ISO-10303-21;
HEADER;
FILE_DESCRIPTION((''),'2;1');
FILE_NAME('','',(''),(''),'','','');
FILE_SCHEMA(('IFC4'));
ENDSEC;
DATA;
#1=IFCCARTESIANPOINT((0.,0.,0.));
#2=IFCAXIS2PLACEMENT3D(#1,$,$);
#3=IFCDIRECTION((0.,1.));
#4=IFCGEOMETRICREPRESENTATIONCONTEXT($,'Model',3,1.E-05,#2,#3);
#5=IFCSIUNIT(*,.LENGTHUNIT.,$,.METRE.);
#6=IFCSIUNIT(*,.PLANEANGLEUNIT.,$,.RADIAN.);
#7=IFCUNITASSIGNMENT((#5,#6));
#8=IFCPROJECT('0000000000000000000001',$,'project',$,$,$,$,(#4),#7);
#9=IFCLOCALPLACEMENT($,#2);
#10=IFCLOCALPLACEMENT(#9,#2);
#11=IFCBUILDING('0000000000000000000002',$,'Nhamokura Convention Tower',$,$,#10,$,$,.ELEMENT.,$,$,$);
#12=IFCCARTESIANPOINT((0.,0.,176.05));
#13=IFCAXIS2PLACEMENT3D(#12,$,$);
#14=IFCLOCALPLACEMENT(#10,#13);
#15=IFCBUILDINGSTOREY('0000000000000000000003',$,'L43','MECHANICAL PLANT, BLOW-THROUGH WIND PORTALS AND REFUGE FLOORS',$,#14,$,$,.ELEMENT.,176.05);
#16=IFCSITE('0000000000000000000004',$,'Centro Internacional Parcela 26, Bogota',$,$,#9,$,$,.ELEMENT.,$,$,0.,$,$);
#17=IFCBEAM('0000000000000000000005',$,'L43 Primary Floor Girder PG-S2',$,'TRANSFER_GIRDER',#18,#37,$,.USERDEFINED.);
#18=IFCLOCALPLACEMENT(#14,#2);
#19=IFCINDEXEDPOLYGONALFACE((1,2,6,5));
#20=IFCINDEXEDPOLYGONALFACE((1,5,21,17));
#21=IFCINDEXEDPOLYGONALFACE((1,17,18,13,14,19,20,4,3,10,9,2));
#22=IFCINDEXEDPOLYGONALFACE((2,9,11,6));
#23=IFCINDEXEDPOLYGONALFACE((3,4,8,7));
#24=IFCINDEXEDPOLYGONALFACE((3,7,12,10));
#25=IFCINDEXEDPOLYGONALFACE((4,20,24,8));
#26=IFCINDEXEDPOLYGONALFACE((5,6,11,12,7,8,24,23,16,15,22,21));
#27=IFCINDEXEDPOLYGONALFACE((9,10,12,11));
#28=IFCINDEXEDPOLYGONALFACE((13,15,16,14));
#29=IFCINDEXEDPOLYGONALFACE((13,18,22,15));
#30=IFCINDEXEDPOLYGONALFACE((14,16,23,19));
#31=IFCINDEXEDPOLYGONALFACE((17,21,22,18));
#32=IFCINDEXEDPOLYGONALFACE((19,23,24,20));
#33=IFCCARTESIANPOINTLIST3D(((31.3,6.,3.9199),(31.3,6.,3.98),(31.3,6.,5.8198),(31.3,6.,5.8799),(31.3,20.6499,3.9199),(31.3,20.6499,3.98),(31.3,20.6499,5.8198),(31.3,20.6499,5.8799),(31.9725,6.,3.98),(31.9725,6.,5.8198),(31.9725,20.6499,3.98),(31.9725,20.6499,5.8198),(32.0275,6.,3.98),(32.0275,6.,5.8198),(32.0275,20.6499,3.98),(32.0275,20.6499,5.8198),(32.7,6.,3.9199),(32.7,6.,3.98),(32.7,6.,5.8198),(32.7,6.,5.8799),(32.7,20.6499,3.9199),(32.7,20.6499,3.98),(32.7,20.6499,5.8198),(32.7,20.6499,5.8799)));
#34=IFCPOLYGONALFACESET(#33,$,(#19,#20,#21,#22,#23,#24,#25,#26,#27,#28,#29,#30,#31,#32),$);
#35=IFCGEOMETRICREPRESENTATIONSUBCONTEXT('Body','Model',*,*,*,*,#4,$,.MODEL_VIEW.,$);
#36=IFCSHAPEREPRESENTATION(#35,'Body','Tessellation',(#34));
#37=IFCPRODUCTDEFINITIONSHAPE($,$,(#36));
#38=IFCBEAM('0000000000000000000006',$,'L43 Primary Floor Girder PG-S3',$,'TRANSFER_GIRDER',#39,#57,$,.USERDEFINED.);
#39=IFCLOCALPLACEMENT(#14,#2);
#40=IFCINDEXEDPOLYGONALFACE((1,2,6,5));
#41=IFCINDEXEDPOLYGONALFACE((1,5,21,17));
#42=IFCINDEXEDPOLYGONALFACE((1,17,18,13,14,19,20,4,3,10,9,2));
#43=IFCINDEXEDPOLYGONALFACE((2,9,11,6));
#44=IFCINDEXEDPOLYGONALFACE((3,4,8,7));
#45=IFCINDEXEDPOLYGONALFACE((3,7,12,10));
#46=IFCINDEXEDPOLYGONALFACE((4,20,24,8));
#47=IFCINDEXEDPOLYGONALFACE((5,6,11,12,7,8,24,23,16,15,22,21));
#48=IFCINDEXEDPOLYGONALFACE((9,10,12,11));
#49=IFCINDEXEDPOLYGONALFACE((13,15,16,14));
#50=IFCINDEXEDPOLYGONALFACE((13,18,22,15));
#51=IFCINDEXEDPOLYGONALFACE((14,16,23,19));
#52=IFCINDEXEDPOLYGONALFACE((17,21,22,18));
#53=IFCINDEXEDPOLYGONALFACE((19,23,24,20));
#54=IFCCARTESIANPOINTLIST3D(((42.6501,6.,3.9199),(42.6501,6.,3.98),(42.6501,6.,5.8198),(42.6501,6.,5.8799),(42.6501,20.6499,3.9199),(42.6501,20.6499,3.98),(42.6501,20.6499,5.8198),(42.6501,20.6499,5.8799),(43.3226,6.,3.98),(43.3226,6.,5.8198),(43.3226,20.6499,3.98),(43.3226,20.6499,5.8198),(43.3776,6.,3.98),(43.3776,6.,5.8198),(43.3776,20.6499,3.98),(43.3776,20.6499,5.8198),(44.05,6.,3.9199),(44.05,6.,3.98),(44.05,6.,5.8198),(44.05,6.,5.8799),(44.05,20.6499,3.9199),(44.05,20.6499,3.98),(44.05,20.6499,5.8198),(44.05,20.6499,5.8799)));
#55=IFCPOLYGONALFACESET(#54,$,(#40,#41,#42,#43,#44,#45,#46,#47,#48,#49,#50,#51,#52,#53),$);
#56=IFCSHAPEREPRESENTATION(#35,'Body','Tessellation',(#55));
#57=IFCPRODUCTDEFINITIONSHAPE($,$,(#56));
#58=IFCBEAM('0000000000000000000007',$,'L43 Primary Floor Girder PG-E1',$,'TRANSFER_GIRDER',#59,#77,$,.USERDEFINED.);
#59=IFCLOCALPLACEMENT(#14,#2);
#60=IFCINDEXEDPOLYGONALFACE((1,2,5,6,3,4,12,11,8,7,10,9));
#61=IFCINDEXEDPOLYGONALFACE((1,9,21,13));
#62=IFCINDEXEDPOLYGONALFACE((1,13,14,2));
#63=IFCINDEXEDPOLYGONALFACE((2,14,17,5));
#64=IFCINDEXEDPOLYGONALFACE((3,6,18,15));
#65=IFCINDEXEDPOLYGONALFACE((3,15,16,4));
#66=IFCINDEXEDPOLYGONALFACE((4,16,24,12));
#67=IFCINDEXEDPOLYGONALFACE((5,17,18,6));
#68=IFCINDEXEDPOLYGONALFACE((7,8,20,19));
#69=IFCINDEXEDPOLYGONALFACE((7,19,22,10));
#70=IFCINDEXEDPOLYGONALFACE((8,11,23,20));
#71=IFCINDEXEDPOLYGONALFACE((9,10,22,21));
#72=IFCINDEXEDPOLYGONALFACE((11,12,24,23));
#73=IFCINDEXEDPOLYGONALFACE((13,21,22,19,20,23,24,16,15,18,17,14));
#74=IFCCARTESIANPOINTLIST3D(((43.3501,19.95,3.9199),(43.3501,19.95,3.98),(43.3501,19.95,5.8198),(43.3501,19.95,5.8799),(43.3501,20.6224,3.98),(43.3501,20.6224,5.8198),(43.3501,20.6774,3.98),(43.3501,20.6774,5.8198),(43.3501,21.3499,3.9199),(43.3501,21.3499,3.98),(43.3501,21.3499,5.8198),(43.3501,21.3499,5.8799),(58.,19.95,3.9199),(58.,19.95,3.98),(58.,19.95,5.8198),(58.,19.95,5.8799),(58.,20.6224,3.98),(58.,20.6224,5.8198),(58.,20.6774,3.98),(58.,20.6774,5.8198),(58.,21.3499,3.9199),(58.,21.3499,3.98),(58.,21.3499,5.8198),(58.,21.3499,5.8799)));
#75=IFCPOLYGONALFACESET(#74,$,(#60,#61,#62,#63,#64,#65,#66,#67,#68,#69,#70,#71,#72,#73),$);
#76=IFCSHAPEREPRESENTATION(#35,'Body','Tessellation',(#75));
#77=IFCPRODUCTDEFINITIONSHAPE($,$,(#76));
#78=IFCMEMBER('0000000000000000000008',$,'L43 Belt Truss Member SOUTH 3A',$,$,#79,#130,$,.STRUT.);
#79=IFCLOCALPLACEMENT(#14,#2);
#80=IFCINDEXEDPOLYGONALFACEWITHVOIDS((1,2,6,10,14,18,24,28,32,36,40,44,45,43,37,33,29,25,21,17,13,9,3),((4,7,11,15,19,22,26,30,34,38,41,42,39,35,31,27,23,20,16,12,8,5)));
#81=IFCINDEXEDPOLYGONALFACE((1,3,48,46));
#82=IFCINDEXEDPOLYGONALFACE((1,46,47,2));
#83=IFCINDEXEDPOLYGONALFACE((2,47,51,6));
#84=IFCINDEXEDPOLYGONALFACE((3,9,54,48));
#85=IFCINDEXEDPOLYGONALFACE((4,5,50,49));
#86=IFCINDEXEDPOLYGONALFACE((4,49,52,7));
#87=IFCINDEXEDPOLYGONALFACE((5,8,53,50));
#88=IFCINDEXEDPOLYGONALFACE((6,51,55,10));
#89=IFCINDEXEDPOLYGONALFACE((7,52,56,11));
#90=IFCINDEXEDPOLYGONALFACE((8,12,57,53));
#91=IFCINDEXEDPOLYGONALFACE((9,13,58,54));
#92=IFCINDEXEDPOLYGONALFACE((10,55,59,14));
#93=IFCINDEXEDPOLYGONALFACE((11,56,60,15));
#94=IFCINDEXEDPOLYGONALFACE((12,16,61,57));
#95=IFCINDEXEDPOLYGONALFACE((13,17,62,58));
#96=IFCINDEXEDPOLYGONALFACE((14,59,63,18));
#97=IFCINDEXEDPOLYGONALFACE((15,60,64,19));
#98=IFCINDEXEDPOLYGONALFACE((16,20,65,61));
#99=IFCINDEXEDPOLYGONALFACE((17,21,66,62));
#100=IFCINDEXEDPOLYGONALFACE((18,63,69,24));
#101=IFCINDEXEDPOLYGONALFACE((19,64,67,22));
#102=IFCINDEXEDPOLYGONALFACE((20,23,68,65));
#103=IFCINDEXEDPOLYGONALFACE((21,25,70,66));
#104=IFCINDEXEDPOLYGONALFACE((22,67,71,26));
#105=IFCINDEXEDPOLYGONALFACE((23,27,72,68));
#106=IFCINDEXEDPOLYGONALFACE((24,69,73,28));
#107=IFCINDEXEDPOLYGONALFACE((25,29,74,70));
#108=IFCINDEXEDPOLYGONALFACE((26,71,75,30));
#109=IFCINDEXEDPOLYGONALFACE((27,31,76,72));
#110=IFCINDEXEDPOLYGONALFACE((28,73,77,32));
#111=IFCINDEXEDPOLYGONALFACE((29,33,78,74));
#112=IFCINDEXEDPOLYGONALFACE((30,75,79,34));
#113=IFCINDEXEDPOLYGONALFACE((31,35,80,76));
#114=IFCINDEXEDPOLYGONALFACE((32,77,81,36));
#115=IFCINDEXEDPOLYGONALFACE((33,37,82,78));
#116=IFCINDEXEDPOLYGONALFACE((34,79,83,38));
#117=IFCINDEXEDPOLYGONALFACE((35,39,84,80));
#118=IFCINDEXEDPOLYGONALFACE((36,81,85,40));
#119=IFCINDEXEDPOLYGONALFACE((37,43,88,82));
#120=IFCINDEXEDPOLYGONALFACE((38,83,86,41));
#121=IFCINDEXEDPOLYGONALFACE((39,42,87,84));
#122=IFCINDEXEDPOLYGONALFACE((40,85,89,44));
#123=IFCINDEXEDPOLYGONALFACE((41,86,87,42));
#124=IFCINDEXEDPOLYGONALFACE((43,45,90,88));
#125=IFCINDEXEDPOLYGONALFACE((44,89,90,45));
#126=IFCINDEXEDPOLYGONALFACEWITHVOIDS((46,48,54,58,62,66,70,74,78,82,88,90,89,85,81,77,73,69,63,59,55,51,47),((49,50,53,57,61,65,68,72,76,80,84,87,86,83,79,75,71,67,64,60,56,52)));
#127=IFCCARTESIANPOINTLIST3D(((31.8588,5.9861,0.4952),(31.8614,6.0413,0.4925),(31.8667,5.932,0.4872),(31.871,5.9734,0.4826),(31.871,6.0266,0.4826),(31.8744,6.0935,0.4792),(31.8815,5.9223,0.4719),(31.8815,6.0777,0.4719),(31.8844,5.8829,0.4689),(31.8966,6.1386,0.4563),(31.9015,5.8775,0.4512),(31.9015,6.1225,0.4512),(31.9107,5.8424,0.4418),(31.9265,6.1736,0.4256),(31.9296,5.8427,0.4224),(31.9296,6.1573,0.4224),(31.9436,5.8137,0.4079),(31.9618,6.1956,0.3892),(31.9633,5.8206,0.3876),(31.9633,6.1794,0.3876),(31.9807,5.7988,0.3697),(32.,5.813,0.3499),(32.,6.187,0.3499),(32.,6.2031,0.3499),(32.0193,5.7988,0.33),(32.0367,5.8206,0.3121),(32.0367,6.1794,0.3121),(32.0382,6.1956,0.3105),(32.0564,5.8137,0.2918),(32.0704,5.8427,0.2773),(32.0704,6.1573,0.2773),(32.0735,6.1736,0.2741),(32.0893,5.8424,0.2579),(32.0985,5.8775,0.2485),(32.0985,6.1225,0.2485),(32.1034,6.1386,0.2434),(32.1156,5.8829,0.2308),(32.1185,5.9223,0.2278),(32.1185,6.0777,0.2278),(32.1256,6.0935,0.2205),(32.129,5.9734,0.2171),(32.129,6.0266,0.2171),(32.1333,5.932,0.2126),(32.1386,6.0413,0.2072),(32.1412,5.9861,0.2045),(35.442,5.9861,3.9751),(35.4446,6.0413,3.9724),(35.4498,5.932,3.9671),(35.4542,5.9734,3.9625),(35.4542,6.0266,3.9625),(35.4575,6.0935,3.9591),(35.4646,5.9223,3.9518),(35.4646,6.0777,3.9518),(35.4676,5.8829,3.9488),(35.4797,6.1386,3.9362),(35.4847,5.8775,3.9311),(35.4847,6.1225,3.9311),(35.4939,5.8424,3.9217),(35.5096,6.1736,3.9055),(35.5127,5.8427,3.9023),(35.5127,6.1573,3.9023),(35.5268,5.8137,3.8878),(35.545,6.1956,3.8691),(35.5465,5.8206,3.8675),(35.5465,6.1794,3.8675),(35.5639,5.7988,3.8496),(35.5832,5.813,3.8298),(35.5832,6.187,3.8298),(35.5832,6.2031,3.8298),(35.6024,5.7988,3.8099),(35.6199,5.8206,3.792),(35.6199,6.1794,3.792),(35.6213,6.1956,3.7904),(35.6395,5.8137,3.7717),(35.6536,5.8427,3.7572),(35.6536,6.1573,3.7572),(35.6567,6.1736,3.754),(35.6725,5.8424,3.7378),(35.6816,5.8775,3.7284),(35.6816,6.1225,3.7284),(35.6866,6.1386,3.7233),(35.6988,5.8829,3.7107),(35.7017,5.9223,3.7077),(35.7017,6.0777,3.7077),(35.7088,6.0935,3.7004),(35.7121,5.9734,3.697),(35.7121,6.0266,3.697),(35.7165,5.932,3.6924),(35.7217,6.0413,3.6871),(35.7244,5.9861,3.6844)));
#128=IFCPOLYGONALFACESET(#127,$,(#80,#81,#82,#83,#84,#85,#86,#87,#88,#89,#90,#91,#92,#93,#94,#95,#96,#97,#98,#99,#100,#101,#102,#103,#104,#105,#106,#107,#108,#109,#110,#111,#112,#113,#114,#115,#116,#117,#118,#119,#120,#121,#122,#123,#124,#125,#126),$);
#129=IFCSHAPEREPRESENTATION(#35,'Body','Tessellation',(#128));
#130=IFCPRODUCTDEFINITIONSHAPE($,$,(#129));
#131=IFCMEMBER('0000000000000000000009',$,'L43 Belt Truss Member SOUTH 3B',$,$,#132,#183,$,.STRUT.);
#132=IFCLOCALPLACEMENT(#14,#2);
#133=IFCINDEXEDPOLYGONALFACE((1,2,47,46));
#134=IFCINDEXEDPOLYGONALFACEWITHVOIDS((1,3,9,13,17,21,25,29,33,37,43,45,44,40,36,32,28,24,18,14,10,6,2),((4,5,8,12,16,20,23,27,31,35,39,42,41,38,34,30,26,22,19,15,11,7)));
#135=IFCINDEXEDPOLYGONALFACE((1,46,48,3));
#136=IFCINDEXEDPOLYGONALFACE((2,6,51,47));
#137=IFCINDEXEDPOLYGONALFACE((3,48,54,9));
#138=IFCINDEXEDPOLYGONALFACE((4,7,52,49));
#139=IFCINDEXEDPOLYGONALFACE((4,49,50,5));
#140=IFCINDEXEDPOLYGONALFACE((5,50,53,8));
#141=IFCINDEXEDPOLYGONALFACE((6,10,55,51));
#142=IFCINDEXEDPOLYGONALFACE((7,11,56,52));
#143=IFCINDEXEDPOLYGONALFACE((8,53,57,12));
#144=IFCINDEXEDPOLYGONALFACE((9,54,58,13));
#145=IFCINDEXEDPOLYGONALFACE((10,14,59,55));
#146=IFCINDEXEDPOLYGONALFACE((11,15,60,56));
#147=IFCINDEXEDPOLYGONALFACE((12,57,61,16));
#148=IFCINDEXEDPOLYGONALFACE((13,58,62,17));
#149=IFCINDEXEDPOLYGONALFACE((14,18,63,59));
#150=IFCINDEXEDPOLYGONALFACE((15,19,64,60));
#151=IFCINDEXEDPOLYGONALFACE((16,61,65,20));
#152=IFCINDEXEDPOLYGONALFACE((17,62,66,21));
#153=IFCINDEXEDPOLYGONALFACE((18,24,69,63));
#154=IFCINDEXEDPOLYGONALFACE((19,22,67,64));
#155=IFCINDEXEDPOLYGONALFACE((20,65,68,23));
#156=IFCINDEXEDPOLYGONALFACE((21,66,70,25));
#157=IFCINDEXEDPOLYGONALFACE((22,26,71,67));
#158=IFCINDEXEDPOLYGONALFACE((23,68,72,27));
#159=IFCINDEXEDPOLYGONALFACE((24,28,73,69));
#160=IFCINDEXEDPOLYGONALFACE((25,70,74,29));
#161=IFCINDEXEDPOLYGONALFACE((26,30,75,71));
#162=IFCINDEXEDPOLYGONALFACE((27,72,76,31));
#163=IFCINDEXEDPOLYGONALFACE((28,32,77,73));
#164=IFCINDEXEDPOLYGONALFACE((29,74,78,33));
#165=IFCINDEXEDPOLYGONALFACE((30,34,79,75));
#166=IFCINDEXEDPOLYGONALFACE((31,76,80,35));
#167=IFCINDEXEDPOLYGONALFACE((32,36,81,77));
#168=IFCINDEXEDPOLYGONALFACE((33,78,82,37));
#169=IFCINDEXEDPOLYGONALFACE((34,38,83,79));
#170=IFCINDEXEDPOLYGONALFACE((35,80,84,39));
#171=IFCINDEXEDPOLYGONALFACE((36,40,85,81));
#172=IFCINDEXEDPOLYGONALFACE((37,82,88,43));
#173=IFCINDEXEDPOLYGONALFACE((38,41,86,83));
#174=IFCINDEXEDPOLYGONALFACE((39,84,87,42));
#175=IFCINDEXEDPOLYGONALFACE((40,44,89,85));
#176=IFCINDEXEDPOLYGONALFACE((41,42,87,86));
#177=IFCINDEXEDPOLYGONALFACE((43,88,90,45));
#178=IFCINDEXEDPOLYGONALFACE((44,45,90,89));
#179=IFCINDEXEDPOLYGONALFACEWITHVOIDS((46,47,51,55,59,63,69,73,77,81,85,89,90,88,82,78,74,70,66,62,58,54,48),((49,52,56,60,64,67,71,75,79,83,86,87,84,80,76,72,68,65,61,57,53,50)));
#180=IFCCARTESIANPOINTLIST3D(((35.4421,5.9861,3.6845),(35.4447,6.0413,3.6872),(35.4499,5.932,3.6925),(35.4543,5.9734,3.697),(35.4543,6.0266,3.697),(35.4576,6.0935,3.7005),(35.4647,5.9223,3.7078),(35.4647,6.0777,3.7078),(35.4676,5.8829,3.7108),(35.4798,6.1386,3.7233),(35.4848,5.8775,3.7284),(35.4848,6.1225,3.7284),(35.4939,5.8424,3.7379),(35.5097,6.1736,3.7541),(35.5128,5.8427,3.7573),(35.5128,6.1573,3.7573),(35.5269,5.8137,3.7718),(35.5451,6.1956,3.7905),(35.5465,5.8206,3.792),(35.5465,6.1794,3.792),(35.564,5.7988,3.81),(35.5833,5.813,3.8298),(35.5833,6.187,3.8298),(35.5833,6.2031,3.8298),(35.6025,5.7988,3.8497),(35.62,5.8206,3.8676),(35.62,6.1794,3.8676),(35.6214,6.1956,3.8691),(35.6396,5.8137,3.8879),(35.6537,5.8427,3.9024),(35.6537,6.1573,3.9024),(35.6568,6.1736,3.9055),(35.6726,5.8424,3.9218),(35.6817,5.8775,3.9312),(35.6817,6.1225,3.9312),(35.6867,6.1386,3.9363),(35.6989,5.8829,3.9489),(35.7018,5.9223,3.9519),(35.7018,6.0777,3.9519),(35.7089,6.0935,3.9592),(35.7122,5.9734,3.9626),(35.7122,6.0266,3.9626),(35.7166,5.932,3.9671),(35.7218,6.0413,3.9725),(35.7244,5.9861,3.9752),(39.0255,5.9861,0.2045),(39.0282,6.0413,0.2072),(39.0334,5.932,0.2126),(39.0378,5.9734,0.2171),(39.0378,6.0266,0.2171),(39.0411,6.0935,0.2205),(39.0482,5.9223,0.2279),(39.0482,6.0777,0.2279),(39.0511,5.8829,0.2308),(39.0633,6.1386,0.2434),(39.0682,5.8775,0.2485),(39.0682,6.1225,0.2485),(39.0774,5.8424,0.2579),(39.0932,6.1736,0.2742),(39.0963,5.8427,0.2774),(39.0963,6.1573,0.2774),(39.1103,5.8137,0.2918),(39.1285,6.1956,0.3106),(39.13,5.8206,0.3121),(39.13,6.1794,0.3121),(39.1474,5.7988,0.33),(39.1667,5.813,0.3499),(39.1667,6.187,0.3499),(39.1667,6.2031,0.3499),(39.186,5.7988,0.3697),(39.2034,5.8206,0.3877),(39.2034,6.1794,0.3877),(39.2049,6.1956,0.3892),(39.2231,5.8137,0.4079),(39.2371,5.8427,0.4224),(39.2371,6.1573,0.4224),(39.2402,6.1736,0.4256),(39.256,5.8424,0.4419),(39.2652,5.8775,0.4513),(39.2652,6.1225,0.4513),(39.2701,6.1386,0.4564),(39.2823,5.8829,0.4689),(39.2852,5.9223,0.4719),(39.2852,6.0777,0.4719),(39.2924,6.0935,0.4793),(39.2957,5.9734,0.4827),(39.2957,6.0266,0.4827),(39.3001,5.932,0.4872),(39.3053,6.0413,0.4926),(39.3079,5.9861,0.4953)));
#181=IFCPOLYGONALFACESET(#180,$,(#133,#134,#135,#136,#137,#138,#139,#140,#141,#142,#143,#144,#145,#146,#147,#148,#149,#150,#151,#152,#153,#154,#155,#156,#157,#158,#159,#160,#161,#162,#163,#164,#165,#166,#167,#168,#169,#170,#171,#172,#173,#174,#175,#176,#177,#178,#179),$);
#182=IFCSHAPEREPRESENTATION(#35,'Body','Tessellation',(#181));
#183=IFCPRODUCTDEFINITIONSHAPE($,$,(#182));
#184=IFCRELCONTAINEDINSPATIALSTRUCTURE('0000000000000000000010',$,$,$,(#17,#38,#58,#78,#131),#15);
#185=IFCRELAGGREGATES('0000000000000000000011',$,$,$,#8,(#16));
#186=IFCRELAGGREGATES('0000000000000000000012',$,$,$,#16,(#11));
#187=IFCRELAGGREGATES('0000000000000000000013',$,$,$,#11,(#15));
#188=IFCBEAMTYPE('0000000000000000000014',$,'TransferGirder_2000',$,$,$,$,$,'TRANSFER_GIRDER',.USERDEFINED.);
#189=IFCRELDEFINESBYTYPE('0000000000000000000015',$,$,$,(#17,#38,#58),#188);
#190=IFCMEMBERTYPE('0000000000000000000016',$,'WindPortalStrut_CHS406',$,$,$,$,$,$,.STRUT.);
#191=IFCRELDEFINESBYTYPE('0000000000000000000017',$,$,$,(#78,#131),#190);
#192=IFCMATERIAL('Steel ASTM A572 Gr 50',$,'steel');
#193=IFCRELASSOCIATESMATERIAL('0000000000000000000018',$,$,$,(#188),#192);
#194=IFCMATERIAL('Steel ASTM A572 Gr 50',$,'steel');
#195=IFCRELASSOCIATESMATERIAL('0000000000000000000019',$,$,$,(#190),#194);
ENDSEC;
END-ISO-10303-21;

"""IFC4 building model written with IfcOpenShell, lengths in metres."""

from ifc_helpers import new_model, si_unit, direction, frame, origin, origin_2d, place, context, subcontext, project, spatial, hollow_circle, i_section, extrude, material, material_profile, profile_set, type_object, element, save


model = new_model("IFC4")

# Units and contexts
model_context = context("Model", 3, precision=1e-05, world=origin(), true_north=direction((0.0, 1.0)))
body_context = subcontext(model_context, "Body", "Model", "MODEL_VIEW")
ifc_project = project(units=[si_unit("LENGTHUNIT", "METRE"), si_unit("PLANEANGLEUNIT", "RADIAN")], contexts=[model_context])

# Site, building, storey
site_placement = place(None, origin())
site = spatial("IfcSite", under=ifc_project, at=site_placement, Name="Centro Internacional Parcela 26, Bogota", CompositionType="ELEMENT", RefElevation=0.0)
building_placement = place(site_placement, origin())
building = spatial("IfcBuilding", under=site, at=building_placement, Name="Nhamokura Convention Tower", CompositionType="ELEMENT")
storey_placement = place(building_placement, frame((0.0, 0.0, 176.05)))
storey = spatial("IfcBuildingStorey", under=building, at=storey_placement, Name="L43", Description="MECHANICAL PLANT, BLOW-THROUGH WIND PORTALS AND REFUGE FLOORS", CompositionType="ELEMENT", Elevation=176.05)

# Beams
ifc_material_1 = material(Name="Steel ASTM A572 Gr 50", Category="steel")
ifc_material_profile_1 = material_profile(ifc_material_1, i_section(OverallWidth=1.3999, OverallDepth=1.96, WebThickness=0.0549, FlangeThickness=0.0601, at=origin_2d()))
ifc_profile_set_1 = profile_set([ifc_material_profile_1], Name="Steel ASTM A572 Gr 50")
beam_type_1 = type_object("IfcBeamType", Name="TransferGirder_2000", ElementType="TRANSFER_GIRDER", PredefinedType="USERDEFINED", material=ifc_profile_set_1)
for number, where, z_axis, x_axis, name in (
    (1, (32.0, 6.0, 4.8999), (0.0, 1.0, 0.0), (-1.0, 0.0, 0.0), "L43 Primary Floor Girder PG-S2"),
    (2, (43.3501, 6.0, 4.8999), (0.0, 1.0, 0.0), (-1.0, 0.0, 0.0), "L43 Primary Floor Girder PG-S3"),
    (3, (43.3501, 20.6499, 4.8999), (1.0, 0.0, 0.0), (0.0, 1.0, 0.0), "L43 Primary Floor Girder PG-E1"),
):
    element("IfcBeam", number, at=place(storey_placement, frame(where, z_axis=z_axis, x_axis=x_axis)), inside=storey, type_object=beam_type_1, Name=name, ObjectType="TRANSFER_GIRDER", PredefinedType="USERDEFINED", context=body_context, shape_type="SweptSolid", body=[
        extrude(i_section(OverallWidth=1.3999, OverallDepth=1.96, WebThickness=0.0549, FlangeThickness=0.0601, at=origin_2d()), origin(), (0.0, 0.0, 1.0), 14.6499),
    ])

# Members
ifc_material_2 = material(Name="Steel ASTM A572 Gr 50", Category="steel")
ifc_material_profile_2 = material_profile(ifc_material_2, hollow_circle(Radius=0.2031, WallThickness=0.0161, at=origin_2d()))
ifc_profile_set_2 = profile_set([ifc_material_profile_2], Name="Steel ASTM A572 Gr 50")
member_type = type_object("IfcMemberType", Name="WindPortalStrut_CHS406", PredefinedType="STRUT", material=ifc_profile_set_2)
member_1_placement = place(storey_placement, frame((32.0, 6.0, 0.3499), z_axis=(0.717369, 0.0, 0.696694), x_axis=(0.0, 1.0, 0.0)))
element("IfcMember", 4, at=member_1_placement, inside=storey, type_object=member_type, Name="L43 Belt Truss Member SOUTH 3A", PredefinedType="STRUT", context=body_context, shape_type="SweptSolid", body=[
    extrude(hollow_circle(Radius=0.2031, WallThickness=0.0161, at=origin_2d()), origin(), (0.0, 0.0, 1.0), 4.9949),
])
member_2_placement = place(storey_placement, frame((35.5833, 6.0, 3.8298), z_axis=(0.717392, 0.0, -0.696669), x_axis=(0.0, 1.0, 0.0)))
element("IfcMember", 5, at=member_2_placement, inside=storey, type_object=member_type, Name="L43 Belt Truss Member SOUTH 3B", PredefinedType="STRUT", context=body_context, shape_type="SweptSolid", body=[
    extrude(hollow_circle(Radius=0.2031, WallThickness=0.0161, at=origin_2d()), origin(), (0.0, 0.0, 1.0), 4.9951),
])

save(model, "model.ifc")
